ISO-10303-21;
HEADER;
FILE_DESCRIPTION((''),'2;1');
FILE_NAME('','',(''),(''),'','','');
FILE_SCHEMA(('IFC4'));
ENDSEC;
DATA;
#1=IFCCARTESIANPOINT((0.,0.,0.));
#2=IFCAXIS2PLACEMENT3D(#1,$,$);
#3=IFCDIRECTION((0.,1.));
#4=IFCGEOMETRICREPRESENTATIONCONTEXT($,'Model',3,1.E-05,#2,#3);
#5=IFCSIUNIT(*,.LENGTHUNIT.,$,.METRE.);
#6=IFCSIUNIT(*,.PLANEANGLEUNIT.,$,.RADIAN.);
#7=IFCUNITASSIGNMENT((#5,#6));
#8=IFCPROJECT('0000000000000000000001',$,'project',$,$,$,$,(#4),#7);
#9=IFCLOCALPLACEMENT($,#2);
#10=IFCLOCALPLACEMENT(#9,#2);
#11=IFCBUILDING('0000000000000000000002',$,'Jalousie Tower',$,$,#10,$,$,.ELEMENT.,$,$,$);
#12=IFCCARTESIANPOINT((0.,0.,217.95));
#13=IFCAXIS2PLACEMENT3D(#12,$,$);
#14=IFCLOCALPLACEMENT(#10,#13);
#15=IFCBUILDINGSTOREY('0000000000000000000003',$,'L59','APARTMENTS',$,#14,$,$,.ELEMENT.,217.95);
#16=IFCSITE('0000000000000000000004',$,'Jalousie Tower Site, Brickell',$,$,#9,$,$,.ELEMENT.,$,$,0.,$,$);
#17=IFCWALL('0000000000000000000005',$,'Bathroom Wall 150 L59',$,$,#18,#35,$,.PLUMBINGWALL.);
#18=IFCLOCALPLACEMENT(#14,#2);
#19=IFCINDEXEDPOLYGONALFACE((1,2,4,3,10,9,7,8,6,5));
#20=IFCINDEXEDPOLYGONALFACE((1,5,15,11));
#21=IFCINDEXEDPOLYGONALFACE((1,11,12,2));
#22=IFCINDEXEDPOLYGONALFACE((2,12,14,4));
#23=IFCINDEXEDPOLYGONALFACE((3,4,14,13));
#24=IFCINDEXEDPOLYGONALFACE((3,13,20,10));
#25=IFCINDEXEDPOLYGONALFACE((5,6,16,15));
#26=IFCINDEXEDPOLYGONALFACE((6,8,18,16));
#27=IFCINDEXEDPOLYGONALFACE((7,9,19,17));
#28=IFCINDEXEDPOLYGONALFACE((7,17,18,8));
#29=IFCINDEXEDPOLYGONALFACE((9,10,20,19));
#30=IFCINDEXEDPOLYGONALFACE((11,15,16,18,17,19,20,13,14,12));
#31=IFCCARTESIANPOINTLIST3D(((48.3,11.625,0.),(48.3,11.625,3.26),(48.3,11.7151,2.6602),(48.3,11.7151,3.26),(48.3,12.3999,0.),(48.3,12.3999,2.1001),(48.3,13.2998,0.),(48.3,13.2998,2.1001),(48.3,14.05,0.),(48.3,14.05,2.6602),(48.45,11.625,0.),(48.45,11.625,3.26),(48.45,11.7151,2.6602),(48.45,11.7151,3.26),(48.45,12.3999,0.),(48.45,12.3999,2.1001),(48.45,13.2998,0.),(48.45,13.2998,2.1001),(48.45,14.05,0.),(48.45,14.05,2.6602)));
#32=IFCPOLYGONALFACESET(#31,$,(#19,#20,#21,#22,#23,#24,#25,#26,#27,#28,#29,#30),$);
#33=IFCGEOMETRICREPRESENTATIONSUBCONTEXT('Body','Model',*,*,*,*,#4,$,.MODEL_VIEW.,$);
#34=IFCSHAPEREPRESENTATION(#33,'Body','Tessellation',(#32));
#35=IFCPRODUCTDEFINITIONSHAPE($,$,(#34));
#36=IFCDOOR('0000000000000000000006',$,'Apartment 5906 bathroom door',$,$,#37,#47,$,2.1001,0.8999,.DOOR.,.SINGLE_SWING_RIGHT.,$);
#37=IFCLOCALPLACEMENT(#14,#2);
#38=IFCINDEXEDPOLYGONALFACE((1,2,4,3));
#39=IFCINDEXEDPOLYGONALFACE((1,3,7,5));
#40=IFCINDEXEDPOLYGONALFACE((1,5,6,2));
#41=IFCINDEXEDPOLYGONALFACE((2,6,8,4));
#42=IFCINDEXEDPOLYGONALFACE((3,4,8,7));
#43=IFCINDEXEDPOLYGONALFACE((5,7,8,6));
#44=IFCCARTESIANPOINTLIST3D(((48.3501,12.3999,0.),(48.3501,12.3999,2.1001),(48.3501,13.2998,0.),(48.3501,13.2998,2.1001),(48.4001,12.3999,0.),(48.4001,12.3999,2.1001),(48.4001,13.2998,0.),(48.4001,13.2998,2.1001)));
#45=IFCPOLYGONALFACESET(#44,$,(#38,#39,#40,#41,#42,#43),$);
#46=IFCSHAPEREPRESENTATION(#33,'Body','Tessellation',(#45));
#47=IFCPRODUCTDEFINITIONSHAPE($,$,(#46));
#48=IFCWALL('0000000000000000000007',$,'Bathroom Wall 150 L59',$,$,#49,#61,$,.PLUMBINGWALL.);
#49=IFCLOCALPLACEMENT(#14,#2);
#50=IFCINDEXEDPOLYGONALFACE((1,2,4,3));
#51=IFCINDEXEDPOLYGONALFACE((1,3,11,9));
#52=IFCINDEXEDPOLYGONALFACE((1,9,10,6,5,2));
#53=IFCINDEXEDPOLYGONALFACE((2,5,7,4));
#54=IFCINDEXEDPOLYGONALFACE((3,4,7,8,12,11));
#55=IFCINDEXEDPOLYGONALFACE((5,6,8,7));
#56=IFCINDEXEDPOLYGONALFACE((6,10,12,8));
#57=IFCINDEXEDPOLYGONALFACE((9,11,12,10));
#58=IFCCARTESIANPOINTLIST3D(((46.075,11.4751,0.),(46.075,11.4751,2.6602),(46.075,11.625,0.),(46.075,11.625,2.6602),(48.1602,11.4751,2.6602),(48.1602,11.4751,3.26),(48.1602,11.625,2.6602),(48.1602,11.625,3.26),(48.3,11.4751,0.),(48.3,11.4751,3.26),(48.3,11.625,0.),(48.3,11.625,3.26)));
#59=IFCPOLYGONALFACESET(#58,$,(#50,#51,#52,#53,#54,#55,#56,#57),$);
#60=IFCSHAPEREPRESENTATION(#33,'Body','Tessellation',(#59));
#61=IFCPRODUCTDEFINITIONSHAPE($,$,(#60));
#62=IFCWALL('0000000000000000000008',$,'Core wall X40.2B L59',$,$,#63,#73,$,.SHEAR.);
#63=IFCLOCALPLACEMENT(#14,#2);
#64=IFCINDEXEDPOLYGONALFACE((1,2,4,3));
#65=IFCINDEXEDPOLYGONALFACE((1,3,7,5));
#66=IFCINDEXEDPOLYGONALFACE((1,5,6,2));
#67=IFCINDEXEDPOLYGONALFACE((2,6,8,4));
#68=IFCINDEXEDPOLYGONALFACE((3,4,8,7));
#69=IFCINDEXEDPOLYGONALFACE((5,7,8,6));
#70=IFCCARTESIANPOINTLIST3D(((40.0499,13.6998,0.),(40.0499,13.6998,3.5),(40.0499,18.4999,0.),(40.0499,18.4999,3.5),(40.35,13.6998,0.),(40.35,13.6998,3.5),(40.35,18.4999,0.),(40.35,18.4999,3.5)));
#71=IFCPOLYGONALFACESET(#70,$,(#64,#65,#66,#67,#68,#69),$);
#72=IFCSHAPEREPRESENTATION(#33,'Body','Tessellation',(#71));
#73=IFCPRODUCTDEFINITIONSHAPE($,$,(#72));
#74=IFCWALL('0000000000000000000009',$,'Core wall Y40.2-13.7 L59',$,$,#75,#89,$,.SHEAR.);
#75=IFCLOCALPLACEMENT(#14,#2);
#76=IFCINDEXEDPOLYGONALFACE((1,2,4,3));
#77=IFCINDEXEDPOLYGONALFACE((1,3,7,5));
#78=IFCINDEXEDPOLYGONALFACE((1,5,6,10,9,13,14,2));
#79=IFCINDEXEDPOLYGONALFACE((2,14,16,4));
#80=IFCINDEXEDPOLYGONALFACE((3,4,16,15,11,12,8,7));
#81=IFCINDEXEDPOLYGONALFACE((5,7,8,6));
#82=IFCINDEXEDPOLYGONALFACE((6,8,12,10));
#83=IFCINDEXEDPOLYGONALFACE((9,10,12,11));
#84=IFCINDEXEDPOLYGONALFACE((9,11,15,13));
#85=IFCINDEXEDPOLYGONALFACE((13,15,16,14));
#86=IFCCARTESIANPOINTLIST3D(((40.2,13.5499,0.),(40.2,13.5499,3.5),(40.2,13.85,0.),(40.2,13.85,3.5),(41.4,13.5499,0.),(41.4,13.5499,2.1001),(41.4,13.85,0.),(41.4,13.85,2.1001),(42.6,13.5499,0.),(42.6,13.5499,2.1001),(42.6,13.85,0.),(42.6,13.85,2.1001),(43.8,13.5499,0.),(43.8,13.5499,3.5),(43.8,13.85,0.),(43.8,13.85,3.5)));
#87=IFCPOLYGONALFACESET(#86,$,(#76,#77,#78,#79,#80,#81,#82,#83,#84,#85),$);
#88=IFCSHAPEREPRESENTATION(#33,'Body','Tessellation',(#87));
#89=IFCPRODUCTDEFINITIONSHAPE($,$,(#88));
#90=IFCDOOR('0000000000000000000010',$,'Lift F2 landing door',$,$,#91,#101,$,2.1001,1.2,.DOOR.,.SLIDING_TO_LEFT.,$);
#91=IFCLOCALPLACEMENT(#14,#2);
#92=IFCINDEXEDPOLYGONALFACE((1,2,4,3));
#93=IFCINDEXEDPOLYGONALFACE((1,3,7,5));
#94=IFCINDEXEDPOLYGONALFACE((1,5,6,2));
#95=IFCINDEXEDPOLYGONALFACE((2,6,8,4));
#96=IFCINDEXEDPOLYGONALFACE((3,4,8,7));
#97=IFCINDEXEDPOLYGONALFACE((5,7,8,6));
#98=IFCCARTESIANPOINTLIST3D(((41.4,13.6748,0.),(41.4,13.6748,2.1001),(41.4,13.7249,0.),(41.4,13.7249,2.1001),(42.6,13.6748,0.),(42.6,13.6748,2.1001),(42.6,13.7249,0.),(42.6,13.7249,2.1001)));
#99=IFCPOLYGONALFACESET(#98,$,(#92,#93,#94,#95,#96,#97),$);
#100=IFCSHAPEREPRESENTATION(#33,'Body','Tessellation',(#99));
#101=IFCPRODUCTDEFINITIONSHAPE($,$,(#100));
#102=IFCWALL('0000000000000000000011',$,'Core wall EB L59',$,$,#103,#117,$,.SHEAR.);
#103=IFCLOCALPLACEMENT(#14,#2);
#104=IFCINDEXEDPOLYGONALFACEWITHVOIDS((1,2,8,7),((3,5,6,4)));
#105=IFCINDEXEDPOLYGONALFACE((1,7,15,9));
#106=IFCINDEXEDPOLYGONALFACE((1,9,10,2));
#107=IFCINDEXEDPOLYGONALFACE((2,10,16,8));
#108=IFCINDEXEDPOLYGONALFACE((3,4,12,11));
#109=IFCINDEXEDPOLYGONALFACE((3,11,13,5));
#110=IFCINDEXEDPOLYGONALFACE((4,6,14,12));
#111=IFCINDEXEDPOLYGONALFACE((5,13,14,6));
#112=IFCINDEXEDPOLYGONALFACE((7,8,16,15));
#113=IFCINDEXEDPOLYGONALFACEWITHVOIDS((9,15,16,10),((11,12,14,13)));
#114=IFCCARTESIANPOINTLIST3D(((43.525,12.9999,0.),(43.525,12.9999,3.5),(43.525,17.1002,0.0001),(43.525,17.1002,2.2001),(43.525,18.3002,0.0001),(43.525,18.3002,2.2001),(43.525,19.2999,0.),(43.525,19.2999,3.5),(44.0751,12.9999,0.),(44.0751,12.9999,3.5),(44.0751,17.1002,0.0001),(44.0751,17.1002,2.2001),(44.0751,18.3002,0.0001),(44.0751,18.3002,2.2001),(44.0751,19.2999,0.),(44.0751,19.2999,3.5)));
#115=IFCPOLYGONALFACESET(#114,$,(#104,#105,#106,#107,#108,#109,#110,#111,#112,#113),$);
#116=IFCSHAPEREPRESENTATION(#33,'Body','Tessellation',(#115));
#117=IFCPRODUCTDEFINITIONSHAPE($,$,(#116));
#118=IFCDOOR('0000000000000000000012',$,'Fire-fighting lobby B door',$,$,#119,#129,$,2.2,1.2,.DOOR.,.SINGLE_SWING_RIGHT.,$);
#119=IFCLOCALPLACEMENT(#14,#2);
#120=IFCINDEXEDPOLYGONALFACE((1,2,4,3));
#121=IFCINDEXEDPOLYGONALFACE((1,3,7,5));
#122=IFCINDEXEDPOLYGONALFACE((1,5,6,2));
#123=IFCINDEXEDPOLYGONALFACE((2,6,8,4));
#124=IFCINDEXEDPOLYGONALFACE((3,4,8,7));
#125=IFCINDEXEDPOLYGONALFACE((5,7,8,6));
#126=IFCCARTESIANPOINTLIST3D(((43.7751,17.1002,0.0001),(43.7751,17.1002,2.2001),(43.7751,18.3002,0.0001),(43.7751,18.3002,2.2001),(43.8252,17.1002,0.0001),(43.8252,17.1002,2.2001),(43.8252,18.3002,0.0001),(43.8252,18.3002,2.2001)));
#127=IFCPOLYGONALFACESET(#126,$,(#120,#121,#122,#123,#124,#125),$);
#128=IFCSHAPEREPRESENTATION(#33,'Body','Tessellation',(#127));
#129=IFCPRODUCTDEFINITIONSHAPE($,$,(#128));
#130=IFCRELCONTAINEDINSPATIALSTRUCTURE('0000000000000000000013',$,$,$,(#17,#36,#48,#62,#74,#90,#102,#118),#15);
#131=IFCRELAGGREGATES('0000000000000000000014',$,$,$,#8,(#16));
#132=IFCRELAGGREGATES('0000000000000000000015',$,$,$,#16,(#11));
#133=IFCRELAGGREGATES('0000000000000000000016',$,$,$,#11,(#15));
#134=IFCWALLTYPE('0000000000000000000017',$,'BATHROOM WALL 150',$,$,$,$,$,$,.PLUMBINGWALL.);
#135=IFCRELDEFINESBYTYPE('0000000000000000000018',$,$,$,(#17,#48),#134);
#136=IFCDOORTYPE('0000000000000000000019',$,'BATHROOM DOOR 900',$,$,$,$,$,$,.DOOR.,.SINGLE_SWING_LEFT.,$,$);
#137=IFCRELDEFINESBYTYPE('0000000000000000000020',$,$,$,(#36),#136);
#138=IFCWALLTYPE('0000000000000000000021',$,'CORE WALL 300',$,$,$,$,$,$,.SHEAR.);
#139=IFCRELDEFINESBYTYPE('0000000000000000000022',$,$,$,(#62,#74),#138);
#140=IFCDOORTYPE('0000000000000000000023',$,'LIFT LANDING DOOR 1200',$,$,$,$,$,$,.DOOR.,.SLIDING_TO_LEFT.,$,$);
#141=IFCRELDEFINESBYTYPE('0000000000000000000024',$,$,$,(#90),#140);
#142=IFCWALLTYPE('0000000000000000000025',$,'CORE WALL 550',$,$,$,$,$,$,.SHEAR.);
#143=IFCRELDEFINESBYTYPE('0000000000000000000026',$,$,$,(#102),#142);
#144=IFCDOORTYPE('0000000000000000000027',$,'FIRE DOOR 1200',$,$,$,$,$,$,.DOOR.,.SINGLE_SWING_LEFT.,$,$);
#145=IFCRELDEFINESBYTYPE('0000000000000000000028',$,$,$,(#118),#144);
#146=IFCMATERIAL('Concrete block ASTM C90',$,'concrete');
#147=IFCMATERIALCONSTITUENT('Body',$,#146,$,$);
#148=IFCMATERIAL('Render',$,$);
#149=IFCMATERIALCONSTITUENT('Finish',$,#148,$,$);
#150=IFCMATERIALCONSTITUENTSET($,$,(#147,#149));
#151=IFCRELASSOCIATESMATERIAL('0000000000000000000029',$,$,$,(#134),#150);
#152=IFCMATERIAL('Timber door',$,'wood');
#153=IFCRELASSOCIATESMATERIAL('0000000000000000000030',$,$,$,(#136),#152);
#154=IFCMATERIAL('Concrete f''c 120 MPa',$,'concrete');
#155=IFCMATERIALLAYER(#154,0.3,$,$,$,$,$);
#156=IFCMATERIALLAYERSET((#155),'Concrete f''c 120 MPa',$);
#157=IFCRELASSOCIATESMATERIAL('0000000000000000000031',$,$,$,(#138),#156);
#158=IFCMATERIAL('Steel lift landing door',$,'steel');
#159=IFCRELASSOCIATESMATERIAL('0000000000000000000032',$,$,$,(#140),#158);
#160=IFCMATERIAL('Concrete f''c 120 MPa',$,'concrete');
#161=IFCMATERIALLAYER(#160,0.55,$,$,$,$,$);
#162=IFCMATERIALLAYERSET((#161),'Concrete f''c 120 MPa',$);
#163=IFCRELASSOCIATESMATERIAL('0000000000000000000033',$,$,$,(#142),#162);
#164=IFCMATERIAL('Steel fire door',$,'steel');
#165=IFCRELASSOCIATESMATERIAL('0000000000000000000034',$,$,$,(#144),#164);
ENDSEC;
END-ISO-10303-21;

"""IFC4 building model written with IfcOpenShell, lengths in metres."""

from ifc_helpers import new_model, si_unit, direction, frame, frame_2d, origin, place, context, subcontext, project, spatial, polyline, rectangle, outline, extrude, material, layer, layer_set, constituent, constituent_set, type_object, element, fill, save


model = new_model("IFC4")

# Units and contexts
model_context = context("Model", 3, precision=1e-05, world=origin(), true_north=direction((0.0, 1.0)))
body_context = subcontext(model_context, "Body", "Model", "MODEL_VIEW")
ifc_project = project(units=[si_unit("LENGTHUNIT", "METRE"), si_unit("PLANEANGLEUNIT", "RADIAN")], contexts=[model_context])

# Site, building, storey
site_placement = place(None, origin())
site = spatial("IfcSite", under=ifc_project, at=site_placement, Name="Jalousie Tower Site, Brickell", CompositionType="ELEMENT", RefElevation=0.0)
building_placement = place(site_placement, origin())
building = spatial("IfcBuilding", under=site, at=building_placement, Name="Jalousie Tower", CompositionType="ELEMENT")
storey_placement = place(building_placement, frame((0.0, 0.0, 217.95)))
storey = spatial("IfcBuildingStorey", under=building, at=storey_placement, Name="L59", Description="APARTMENTS", CompositionType="ELEMENT", Elevation=217.95)

# Wall, opening, door
ifc_material_1 = material(Name="Concrete block ASTM C90", Category="concrete")
ifc_constituent_1 = constituent(ifc_material_1, Name="Body")
ifc_material_2 = material(Name="Render")
ifc_constituent_2 = constituent(ifc_material_2, Name="Finish")
ifc_constituent_set_1 = constituent_set(constituents=[ifc_constituent_1, ifc_constituent_2])
wall_type_1 = type_object("IfcWallType", Name="BATHROOM WALL 150", PredefinedType="PLUMBINGWALL", material=ifc_constituent_set_1)
wall_1_placement = place(storey_placement, frame((48.375, 11.625, 0.0), z_axis=(0.0, 0.0, 1.0), x_axis=(0.0, 1.0, 0.0)))
wall_1 = element("IfcWall", 1, at=wall_1_placement, inside=storey, type_object=wall_type_1, Name="Bathroom Wall 150 L59", PredefinedType="PLUMBINGWALL", context=body_context, shape_type="SweptSolid", body=[
    extrude(outline(polyline([(0.0, 0.0), (2.425, 0.0), (2.425, 3.26), (2.425, 2.6602), (0.0901, 2.6602), (0.0901, 3.26), (0.0, 3.26), (0.0, 0.0)])), frame((0.0, 0.075, 0.0), z_axis=(0.0, -1.0, 0.0), x_axis=(1.0, 0.0, 0.0)), (0.0, 0.0, 1.0), 0.1499),
])
opening_1_placement = place(wall_1_placement, frame((0.7749, 0.0, 0.0)))
opening_1 = element("IfcOpeningElement", 2, at=opening_1_placement, cuts=wall_1, PredefinedType="OPENING", context=body_context, shape_type="SweptSolid", body=[
    extrude(rectangle(XDim=0.8999, YDim=2.1001, at=frame_2d((0.45, 1.05))), frame((0.0, 0.085, 0.0), z_axis=(0.0, -1.0, 0.0), x_axis=(1.0, 0.0, 0.0)), (0.0, 0.0, 1.0), 0.1699),
])
ifc_material_3 = material(Name="Timber door", Category="wood")
door_type_1 = type_object("IfcDoorType", Name="BATHROOM DOOR 900", OperationType="SINGLE_SWING_LEFT", PredefinedType="DOOR", material=ifc_material_3)
door_1_placement = place(opening_1_placement, origin())
door_1 = element("IfcDoor", 3, at=door_1_placement, inside=storey, type_object=door_type_1, Name="Apartment 5906 bathroom door", OperationType="SINGLE_SWING_RIGHT", OverallHeight=2.1001, OverallWidth=0.8999, PredefinedType="DOOR", context=body_context, shape_type="SweptSolid", body=[
    extrude(rectangle(XDim=0.8999, YDim=2.1001, at=frame_2d((0.45, 1.05))), frame((0.0, 0.0249, 0.0), z_axis=(0.0, -1.0, 0.0), x_axis=(1.0, 0.0, 0.0)), (0.0, 0.0, 1.0), 0.05),
])
fill(opening_1, door_1)

# Walls
wall_2_placement = place(storey_placement, frame((48.3, 11.55, 0.0), z_axis=(0.0, 0.0, 1.0), x_axis=(-1.0, 0.0, 0.0)))
element("IfcWall", 4, at=wall_2_placement, inside=storey, type_object=wall_type_1, Name="Bathroom Wall 150 L59", PredefinedType="PLUMBINGWALL", context=body_context, shape_type="SweptSolid", body=[
    extrude(outline(polyline([(0.0, 0.0), (2.2251, 0.0), (2.2251, 3.26), (2.2251, 2.6602), (0.1399, 2.6602), (0.1399, 3.26), (0.0, 3.26), (0.0, 0.0)])), frame((0.0, 0.075, 0.0), z_axis=(0.0, -1.0, 0.0), x_axis=(1.0, 0.0, 0.0)), (0.0, 0.0, 1.0), 0.1499),
])
ifc_material_4 = material(Name="Concrete f'c 120 MPa", Category="concrete")
ifc_layer_1 = layer(ifc_material_4, 0.3)
ifc_layer_set_1 = layer_set([ifc_layer_1], Name="Concrete f'c 120 MPa")
wall_type_2 = type_object("IfcWallType", Name="CORE WALL 300", PredefinedType="SHEAR", material=ifc_layer_set_1)
wall_3_placement = place(storey_placement, frame((40.2, 13.7, 0.0), z_axis=(0.0, 0.0, 1.0), x_axis=(0.0, 1.0, 0.0)))
element("IfcWall", 5, at=wall_3_placement, inside=storey, type_object=wall_type_2, Name="Core wall X40.2B L59", PredefinedType="SHEAR", context=body_context, shape_type="SweptSolid", body=[
    extrude(rectangle(XDim=4.8, YDim=0.3, at=frame_2d((2.3999, 0.0))), origin(), (0.0, 0.0, 1.0), 3.5),
])

# Walls, openings, doors
wall_4_placement = place(storey_placement, frame((40.2, 13.7, 0.0), z_axis=(0.0, 0.0, 1.0), x_axis=(1.0, 0.0, 0.0)))
wall_4 = element("IfcWall", 6, at=wall_4_placement, inside=storey, type_object=wall_type_2, Name="Core wall Y40.2-13.7 L59", PredefinedType="SHEAR", context=body_context, shape_type="SweptSolid", body=[
    extrude(rectangle(XDim=3.6001, YDim=0.3, at=frame_2d((1.8, 0.0))), origin(), (0.0, 0.0, 1.0), 3.5),
])
opening_2_placement = place(wall_4_placement, frame((1.2, 0.0, 0.0)))
opening_2 = element("IfcOpeningElement", 7, at=opening_2_placement, cuts=wall_4, PredefinedType="OPENING", context=body_context, shape_type="SweptSolid", body=[
    extrude(rectangle(XDim=1.2, YDim=2.1001, at=frame_2d((0.6001, 1.05))), frame((0.0, 0.1599, 0.0), z_axis=(0.0, -1.0, 0.0), x_axis=(1.0, 0.0, 0.0)), (0.0, 0.0, 1.0), 0.3201),
])
ifc_material_5 = material(Name="Steel lift landing door", Category="steel")
door_type_2 = type_object("IfcDoorType", Name="LIFT LANDING DOOR 1200", OperationType="SLIDING_TO_LEFT", PredefinedType="DOOR", material=ifc_material_5)
door_2_placement = place(opening_2_placement, origin())
door_2 = element("IfcDoor", 8, at=door_2_placement, inside=storey, type_object=door_type_2, Name="Lift F2 landing door", OperationType="SLIDING_TO_LEFT", OverallHeight=2.1001, OverallWidth=1.2, PredefinedType="DOOR", context=body_context, shape_type="SweptSolid", body=[
    extrude(rectangle(XDim=1.2, YDim=2.1001, at=frame_2d((0.6001, 1.05))), frame((0.0, 0.0249, 0.0), z_axis=(0.0, -1.0, 0.0), x_axis=(1.0, 0.0, 0.0)), (0.0, 0.0, 1.0), 0.05),
])
fill(opening_2, door_2)
ifc_material_6 = material(Name="Concrete f'c 120 MPa", Category="concrete")
ifc_layer_2 = layer(ifc_material_6, 0.55)
ifc_layer_set_2 = layer_set([ifc_layer_2], Name="Concrete f'c 120 MPa")
wall_type_3 = type_object("IfcWallType", Name="CORE WALL 550", PredefinedType="SHEAR", material=ifc_layer_set_2)
wall_5_placement = place(storey_placement, frame((43.8, 13.0, 0.0), z_axis=(0.0, 0.0, 1.0), x_axis=(0.0, 1.0, 0.0)))
wall_5 = element("IfcWall", 9, at=wall_5_placement, inside=storey, type_object=wall_type_3, Name="Core wall EB L59", PredefinedType="SHEAR", context=body_context, shape_type="SweptSolid", body=[
    extrude(rectangle(XDim=6.3, YDim=0.55, at=frame_2d((3.1499, 0.0))), origin(), (0.0, 0.0, 1.0), 3.5),
])
opening_3_placement = place(wall_5_placement, frame((4.1001, 0.0, 0.0)))
opening_3 = element("IfcOpeningElement", 10, at=opening_3_placement, cuts=wall_5, PredefinedType="OPENING", context=body_context, shape_type="SweptSolid", body=[
    extrude(rectangle(XDim=1.2, YDim=2.2, at=frame_2d((0.6001, 1.1001))), frame((0.0, 0.2849, 0.0), z_axis=(0.0, -1.0, 0.0), x_axis=(1.0, 0.0, 0.0)), (0.0, 0.0, 1.0), 0.5701),
])
ifc_material_7 = material(Name="Steel fire door", Category="steel")
door_type_3 = type_object("IfcDoorType", Name="FIRE DOOR 1200", OperationType="SINGLE_SWING_LEFT", PredefinedType="DOOR", material=ifc_material_7)
door_3_placement = place(opening_3_placement, origin())
door_3 = element("IfcDoor", 11, at=door_3_placement, inside=storey, type_object=door_type_3, Name="Fire-fighting lobby B door", OperationType="SINGLE_SWING_RIGHT", OverallHeight=2.2, OverallWidth=1.2, PredefinedType="DOOR", context=body_context, shape_type="SweptSolid", body=[
    extrude(rectangle(XDim=1.2, YDim=2.2, at=frame_2d((0.6001, 1.1001))), frame((0.0, 0.0249, 0.0), z_axis=(0.0, -1.0, 0.0), x_axis=(1.0, 0.0, 0.0)), (0.0, 0.0, 1.0), 0.05),
])
fill(opening_3, door_3)

save(model, "model.ifc")
